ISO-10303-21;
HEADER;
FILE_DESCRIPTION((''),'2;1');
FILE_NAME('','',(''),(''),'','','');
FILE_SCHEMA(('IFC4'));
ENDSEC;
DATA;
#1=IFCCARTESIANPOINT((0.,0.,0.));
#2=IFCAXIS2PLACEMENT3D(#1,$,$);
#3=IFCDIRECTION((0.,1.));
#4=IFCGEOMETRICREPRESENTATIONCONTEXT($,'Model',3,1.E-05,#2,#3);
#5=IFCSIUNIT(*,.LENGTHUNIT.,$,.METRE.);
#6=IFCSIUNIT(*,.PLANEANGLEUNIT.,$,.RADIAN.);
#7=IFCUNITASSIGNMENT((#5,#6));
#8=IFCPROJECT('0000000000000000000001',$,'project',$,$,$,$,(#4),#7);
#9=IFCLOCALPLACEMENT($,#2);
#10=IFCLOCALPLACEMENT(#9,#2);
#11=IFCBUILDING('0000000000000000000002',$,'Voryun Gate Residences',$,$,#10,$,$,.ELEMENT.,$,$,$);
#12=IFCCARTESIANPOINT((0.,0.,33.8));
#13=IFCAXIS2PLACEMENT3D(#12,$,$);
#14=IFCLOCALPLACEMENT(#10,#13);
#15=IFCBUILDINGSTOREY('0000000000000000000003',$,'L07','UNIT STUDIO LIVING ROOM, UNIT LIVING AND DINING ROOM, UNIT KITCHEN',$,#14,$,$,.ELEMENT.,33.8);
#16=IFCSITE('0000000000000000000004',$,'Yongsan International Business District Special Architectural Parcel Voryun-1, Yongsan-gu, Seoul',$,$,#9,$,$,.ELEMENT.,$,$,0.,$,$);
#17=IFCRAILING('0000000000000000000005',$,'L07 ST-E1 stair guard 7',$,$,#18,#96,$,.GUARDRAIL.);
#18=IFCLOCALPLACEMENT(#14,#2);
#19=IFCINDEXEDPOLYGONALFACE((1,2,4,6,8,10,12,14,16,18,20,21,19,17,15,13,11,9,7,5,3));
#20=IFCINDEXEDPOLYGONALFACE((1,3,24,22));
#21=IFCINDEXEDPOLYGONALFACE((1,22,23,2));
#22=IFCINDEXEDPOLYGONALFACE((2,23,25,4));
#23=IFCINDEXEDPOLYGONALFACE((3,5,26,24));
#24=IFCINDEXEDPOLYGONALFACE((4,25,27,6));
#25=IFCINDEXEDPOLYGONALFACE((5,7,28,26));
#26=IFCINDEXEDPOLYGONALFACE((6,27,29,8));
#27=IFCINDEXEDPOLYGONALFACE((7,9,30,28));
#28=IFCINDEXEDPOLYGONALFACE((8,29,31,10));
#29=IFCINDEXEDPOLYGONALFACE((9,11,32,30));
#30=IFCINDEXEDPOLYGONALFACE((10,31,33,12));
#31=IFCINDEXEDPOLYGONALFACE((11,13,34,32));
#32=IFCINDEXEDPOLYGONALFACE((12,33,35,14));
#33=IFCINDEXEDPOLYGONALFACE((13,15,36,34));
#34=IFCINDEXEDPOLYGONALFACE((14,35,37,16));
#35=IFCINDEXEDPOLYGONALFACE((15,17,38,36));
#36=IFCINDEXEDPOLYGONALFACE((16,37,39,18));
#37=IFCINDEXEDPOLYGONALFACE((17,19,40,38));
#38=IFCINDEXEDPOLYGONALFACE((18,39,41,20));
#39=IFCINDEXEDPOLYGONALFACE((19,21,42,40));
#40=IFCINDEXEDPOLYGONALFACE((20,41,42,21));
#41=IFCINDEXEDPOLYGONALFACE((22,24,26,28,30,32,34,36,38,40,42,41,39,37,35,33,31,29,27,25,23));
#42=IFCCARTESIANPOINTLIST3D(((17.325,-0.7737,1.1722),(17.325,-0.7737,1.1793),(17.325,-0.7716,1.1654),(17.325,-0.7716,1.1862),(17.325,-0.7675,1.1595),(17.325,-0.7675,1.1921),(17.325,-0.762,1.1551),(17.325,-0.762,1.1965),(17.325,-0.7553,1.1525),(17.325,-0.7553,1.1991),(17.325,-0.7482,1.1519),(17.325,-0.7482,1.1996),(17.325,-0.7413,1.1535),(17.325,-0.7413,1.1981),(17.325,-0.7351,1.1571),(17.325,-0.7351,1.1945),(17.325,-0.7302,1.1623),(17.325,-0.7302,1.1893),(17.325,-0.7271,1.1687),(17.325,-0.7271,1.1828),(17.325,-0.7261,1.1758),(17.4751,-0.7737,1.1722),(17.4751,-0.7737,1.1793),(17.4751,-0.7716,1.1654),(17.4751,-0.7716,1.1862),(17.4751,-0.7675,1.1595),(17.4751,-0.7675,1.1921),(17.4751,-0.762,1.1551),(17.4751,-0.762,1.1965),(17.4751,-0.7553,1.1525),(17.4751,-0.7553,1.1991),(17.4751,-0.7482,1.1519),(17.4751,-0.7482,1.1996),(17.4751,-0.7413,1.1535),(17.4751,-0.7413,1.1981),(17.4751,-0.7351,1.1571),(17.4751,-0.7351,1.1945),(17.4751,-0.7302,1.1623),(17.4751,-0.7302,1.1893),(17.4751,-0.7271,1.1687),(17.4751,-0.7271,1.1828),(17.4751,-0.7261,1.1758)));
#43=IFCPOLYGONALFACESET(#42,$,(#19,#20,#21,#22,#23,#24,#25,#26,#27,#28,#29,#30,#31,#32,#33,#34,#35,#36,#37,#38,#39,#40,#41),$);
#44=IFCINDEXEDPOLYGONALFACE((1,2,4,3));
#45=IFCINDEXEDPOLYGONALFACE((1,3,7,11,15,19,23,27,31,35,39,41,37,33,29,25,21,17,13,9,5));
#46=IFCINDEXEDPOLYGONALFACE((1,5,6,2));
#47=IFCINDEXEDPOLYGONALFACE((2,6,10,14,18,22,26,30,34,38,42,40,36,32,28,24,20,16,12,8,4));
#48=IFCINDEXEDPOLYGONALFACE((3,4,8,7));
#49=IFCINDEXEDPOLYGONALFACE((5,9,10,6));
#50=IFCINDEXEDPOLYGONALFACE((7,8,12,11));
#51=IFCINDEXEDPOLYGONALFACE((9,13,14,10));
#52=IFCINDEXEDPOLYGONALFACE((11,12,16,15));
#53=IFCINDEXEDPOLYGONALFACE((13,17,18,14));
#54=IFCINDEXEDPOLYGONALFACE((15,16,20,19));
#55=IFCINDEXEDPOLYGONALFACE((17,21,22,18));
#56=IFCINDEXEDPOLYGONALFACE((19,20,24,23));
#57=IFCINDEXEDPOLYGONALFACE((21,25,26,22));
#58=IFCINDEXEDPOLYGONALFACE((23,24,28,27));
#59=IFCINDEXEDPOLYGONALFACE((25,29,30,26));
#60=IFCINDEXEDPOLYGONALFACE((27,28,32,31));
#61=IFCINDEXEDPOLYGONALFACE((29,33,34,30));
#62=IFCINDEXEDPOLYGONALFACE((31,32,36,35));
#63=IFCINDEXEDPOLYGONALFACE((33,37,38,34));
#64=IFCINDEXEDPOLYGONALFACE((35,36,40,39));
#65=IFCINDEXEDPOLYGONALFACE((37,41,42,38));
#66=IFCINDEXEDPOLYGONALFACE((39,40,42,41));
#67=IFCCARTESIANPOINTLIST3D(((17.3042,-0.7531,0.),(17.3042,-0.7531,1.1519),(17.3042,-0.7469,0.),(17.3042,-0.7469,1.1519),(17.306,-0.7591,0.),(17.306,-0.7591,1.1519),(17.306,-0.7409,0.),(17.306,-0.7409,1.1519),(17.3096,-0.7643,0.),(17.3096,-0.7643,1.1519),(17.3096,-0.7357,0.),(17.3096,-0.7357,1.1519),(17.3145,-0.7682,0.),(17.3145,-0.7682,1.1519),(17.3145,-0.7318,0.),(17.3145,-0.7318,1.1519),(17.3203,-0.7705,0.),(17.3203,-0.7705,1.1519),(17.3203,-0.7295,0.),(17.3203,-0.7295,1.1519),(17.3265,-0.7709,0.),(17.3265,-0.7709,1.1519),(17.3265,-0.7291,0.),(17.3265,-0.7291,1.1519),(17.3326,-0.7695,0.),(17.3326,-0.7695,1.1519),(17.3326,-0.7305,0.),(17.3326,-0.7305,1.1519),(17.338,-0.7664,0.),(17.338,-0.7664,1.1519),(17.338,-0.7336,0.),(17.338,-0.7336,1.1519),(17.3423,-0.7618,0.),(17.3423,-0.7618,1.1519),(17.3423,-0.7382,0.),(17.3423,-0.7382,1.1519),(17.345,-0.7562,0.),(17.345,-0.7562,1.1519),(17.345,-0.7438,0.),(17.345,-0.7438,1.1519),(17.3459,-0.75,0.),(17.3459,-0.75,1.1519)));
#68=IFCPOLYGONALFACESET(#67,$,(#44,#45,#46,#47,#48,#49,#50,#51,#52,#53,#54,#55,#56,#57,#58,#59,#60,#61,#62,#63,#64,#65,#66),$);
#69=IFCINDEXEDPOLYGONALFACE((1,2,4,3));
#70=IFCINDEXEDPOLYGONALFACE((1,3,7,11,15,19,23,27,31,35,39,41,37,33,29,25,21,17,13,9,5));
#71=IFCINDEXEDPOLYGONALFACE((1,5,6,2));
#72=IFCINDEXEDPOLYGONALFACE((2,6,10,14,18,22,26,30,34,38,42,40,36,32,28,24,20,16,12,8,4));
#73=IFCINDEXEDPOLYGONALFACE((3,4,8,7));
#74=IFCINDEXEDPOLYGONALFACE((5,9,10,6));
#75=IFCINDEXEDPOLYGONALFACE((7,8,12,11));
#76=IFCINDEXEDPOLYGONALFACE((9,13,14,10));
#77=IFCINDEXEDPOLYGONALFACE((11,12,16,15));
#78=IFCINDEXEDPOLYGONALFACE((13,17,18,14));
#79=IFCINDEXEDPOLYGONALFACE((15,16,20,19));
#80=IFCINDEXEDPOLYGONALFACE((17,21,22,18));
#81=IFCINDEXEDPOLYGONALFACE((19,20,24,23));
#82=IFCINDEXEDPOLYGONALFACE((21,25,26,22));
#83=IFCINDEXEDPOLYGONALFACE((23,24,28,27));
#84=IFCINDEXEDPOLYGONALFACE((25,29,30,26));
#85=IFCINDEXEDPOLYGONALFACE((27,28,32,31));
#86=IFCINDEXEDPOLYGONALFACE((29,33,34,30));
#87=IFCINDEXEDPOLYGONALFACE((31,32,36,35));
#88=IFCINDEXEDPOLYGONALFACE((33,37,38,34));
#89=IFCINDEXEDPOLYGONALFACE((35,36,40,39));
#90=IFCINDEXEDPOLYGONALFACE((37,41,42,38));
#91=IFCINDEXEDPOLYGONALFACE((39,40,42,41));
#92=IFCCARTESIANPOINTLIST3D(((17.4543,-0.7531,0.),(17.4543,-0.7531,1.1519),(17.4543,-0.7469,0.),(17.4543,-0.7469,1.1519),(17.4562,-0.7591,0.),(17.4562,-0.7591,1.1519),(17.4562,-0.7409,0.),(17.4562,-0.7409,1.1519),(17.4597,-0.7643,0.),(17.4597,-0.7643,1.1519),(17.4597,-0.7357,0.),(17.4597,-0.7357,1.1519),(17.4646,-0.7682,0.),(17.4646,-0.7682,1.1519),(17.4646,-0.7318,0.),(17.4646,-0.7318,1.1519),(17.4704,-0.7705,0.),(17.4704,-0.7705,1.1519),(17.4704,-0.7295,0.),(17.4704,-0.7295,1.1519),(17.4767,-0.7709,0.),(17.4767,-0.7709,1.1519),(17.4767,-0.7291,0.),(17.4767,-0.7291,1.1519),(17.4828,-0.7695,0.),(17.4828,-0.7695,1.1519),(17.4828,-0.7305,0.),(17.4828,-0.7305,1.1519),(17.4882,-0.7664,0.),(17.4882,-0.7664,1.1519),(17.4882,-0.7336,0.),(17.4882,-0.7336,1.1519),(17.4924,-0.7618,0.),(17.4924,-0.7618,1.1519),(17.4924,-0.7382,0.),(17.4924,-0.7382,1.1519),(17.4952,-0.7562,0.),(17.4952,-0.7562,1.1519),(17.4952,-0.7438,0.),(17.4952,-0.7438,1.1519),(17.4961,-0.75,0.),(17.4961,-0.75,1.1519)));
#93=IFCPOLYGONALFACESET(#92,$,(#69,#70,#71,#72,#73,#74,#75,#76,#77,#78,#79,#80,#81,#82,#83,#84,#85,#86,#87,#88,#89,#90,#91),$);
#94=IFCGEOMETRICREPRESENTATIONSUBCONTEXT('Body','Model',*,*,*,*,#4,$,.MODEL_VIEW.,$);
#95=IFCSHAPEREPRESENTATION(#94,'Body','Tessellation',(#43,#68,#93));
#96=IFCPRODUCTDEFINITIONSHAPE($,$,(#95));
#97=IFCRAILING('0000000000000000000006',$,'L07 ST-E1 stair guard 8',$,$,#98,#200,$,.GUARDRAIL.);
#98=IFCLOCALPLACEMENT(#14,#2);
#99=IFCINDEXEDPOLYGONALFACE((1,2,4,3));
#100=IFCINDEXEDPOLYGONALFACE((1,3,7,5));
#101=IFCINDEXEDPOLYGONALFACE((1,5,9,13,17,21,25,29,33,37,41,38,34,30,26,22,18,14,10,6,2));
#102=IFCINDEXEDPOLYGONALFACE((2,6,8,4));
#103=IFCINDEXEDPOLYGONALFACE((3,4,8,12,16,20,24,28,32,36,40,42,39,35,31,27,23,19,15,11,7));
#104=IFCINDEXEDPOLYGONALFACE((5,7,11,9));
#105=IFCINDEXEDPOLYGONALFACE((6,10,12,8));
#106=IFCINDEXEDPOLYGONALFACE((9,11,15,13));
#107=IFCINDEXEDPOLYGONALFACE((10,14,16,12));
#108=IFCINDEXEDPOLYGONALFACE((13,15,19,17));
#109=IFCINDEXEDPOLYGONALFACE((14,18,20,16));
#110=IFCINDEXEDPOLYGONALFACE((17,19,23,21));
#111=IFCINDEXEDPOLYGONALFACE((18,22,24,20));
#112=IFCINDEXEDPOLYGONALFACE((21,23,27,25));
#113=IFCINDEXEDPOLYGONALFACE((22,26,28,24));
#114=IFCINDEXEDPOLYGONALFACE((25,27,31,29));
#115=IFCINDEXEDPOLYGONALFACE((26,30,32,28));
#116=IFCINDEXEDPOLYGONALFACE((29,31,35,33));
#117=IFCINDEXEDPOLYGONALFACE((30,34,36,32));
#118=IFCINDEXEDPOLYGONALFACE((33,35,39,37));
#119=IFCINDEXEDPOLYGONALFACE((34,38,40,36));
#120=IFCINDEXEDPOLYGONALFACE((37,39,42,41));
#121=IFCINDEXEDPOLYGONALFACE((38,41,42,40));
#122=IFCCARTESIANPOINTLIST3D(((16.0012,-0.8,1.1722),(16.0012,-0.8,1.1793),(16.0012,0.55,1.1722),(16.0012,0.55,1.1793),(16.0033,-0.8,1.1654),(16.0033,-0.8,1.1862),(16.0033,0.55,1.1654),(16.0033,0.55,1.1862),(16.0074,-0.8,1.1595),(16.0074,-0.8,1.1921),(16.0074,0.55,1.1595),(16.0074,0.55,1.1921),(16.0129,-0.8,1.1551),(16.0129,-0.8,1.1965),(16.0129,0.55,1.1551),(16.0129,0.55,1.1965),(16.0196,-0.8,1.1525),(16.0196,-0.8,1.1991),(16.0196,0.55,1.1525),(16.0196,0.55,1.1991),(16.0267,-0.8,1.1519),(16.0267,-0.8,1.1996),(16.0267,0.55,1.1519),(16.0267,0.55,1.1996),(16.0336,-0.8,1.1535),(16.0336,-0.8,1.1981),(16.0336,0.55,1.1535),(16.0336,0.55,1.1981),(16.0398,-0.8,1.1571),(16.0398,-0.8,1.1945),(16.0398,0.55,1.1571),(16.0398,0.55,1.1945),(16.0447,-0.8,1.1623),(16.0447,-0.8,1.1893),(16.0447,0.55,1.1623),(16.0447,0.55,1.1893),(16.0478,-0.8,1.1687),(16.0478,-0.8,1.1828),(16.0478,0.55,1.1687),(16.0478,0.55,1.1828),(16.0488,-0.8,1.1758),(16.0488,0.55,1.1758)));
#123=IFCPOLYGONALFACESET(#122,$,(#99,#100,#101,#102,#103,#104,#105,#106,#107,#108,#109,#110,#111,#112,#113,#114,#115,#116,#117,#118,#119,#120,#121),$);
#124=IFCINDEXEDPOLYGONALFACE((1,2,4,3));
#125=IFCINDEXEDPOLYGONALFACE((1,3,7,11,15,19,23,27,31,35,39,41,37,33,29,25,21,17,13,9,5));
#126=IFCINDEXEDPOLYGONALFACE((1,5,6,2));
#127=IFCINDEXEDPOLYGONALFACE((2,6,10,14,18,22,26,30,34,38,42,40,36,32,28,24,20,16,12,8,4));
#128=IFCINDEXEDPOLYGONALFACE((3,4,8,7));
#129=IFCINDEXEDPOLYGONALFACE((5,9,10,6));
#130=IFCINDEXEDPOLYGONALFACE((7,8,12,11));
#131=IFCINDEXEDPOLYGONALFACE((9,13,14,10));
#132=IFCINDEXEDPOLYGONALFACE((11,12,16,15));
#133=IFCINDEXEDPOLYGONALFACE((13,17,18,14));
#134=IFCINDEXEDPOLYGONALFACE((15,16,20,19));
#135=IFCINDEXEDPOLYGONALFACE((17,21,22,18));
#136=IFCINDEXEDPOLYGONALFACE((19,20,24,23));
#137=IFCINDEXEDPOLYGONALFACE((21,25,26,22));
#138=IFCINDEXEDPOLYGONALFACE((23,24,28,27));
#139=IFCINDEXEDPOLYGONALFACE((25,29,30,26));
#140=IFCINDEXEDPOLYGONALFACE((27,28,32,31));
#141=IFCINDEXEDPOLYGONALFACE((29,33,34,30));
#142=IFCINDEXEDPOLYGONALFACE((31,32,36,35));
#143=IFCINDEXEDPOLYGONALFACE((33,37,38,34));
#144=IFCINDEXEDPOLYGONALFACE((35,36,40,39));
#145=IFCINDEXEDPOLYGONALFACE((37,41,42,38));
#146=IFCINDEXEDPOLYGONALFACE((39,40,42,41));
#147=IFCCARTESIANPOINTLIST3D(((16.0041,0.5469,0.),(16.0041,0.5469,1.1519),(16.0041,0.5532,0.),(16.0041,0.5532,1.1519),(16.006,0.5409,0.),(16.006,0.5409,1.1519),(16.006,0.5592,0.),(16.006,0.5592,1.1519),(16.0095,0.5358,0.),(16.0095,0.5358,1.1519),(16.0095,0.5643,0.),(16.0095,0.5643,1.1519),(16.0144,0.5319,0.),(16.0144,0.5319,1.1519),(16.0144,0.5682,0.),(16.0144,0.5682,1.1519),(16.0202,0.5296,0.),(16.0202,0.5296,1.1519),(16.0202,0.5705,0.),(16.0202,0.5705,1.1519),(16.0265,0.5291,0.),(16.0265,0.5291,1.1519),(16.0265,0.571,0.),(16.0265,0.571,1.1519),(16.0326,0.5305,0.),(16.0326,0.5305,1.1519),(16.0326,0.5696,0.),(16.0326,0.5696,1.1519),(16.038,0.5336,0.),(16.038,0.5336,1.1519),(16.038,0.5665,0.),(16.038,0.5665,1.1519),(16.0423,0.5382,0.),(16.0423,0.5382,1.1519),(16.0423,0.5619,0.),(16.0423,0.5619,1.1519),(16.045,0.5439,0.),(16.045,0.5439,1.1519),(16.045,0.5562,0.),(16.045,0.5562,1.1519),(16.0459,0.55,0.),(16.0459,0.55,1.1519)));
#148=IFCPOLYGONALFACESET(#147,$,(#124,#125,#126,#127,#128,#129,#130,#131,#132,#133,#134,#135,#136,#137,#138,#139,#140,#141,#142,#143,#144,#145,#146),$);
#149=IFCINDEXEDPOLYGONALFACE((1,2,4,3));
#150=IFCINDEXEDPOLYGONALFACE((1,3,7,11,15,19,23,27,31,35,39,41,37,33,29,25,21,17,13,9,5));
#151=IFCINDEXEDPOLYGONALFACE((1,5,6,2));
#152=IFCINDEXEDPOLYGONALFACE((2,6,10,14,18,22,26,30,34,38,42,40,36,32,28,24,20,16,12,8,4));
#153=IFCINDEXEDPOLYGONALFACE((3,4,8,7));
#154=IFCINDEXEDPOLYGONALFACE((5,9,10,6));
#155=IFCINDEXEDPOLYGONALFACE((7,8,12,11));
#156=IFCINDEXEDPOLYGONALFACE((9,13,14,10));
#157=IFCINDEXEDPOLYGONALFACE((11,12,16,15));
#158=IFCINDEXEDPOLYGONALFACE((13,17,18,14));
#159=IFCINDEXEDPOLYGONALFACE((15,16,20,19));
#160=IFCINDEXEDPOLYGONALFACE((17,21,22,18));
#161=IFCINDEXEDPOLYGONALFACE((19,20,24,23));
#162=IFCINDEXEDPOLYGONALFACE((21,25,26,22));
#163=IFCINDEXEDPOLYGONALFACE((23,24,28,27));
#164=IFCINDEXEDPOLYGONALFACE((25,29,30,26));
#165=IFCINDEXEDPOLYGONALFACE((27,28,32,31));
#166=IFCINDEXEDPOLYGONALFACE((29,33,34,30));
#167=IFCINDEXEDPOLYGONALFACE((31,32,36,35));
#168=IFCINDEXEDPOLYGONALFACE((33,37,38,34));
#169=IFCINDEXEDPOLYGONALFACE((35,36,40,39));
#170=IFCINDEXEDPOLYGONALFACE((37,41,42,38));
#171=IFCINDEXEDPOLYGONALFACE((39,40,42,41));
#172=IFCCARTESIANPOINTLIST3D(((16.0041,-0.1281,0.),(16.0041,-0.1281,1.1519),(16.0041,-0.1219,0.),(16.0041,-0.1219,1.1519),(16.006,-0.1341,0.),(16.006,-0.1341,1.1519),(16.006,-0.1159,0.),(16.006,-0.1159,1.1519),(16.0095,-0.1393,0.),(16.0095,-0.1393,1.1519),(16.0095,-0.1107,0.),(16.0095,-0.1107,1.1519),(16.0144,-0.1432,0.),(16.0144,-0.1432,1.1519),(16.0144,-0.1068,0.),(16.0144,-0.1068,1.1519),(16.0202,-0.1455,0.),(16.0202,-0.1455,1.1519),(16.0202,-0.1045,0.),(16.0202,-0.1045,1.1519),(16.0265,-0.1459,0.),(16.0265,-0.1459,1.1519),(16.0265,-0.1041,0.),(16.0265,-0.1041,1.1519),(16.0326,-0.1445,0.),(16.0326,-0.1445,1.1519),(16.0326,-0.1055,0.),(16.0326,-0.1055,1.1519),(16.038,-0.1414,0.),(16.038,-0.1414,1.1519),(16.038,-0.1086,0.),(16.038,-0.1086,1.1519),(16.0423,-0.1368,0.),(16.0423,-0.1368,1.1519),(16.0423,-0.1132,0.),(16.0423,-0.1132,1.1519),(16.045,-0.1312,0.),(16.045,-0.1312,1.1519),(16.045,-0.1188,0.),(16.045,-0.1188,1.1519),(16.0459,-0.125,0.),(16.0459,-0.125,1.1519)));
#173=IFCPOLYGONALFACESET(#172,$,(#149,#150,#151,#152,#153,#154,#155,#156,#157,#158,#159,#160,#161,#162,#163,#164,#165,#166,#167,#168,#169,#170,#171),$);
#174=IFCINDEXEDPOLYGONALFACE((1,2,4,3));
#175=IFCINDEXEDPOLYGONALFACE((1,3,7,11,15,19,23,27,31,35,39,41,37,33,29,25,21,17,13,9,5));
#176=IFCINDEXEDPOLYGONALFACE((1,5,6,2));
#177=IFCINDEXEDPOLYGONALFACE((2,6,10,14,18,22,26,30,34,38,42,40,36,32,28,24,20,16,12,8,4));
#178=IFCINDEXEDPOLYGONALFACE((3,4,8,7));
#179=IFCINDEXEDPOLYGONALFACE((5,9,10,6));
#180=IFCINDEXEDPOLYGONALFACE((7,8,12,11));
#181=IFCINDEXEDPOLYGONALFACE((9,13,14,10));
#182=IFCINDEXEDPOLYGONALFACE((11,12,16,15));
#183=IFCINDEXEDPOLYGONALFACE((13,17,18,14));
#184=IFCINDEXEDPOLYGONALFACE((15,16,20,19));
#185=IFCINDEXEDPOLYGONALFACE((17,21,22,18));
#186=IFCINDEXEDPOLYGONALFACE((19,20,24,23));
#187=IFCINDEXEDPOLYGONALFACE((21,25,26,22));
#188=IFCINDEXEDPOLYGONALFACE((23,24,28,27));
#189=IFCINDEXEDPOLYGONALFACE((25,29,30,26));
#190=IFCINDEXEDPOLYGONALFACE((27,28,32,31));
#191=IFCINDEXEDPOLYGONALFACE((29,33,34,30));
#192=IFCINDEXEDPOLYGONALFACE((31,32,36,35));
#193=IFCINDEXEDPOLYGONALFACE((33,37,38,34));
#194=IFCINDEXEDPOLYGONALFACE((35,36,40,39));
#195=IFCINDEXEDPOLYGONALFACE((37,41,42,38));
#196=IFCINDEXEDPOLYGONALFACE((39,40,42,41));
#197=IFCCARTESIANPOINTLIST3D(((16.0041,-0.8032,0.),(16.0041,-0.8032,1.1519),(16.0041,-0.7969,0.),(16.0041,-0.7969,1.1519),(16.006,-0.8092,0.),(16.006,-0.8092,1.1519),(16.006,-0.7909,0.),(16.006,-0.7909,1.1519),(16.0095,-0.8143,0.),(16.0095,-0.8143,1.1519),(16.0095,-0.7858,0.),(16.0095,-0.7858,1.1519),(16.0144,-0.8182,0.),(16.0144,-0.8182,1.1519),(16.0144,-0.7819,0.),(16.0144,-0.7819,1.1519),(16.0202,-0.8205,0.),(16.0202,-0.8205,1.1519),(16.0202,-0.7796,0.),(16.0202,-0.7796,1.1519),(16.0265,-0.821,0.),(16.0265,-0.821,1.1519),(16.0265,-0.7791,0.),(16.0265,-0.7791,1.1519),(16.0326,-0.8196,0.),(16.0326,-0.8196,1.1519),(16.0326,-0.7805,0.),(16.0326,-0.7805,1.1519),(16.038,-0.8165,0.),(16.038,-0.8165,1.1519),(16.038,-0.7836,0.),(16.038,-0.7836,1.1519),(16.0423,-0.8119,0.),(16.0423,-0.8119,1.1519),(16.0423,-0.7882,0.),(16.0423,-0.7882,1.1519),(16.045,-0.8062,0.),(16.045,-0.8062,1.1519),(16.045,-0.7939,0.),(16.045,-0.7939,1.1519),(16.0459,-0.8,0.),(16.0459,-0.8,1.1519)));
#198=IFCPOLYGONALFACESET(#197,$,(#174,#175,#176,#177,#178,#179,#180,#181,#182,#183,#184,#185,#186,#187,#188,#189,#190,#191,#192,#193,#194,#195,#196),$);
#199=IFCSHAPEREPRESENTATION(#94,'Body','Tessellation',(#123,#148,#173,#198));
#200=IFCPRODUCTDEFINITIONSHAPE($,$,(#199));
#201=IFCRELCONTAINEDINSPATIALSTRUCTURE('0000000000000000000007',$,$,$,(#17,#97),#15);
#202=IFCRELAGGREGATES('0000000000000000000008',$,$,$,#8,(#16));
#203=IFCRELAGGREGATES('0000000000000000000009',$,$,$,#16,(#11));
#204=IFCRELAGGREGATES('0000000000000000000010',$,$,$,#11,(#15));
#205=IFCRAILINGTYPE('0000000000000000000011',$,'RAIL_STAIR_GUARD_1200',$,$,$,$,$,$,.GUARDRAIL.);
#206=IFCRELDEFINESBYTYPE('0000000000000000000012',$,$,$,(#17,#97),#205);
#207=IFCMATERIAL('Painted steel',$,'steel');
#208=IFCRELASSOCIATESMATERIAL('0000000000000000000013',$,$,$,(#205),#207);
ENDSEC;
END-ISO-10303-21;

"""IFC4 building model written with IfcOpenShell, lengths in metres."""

from ifc_helpers import new_model, si_unit, direction, frame, origin, origin_2d, place, context, subcontext, project, spatial, circle, extrude, material, type_object, element, save


model = new_model("IFC4")

# Units and contexts
model_context = context("Model", 3, precision=1e-05, world=origin(), true_north=direction((0.0, 1.0)))
body_context = subcontext(model_context, "Body", "Model", "MODEL_VIEW")
ifc_project = project(units=[si_unit("LENGTHUNIT", "METRE"), si_unit("PLANEANGLEUNIT", "RADIAN")], contexts=[model_context])

# Site, building, storey
site_placement = place(None, origin())
site = spatial("IfcSite", under=ifc_project, at=site_placement, Name="Yongsan International Business District Special Architectural Parcel Voryun-1, Yongsan-gu, Seoul", CompositionType="ELEMENT", RefElevation=0.0)
building_placement = place(site_placement, origin())
building = spatial("IfcBuilding", under=site, at=building_placement, Name="Voryun Gate Residences", CompositionType="ELEMENT")
storey_placement = place(building_placement, frame((0.0, 0.0, 33.8)))
storey = spatial("IfcBuildingStorey", under=building, at=storey_placement, Name="L07", Description="UNIT STUDIO LIVING ROOM, UNIT LIVING AND DINING ROOM, UNIT KITCHEN", CompositionType="ELEMENT", Elevation=33.8)

# Railings
ifc_material_1 = material(Name="Painted steel", Category="steel")
railing_type_1 = type_object("IfcRailingType", Name="RAIL_STAIR_GUARD_1200", PredefinedType="GUARDRAIL", material=ifc_material_1)
railing_1_placement = place(storey_placement, frame((17.325, -0.75, 0.0)))
element("IfcRailing", 1, at=railing_1_placement, inside=storey, type_object=railing_type_1, Name="L07 ST-E1 stair guard 7", PredefinedType="GUARDRAIL", context=body_context, shape_type="SweptSolid", body=[
    extrude(circle(Radius=0.0239, at=origin_2d()), frame((0.0, 0.0, 1.1758), z_axis=(1.0, 0.0, 0.0), x_axis=(0.0, 1.0, 0.0)), (0.0, 0.0, 1.0), 0.1501),
    extrude(circle(Radius=0.021, at=origin_2d()), origin(), (0.0, 0.0, 1.0), 1.1519),
    extrude(circle(Radius=0.021, at=origin_2d()), frame((0.1501, 0.0, 0.0)), (0.0, 0.0, 1.0), 1.1519),
])
for number, where, name in (
    (2, (16.0249, 0.55, 0.0), "L07 ST-E1 stair guard 8"),
):
    element("IfcRailing", number, at=place(storey_placement, frame(where)), inside=storey, type_object=railing_type_1, Name=name, PredefinedType="GUARDRAIL", context=body_context, shape_type="SweptSolid", body=[
        extrude(circle(Radius=0.0239, at=origin_2d()), frame((0.0, 0.0, 1.1758), z_axis=(0.0, -1.0, 0.0), x_axis=(1.0, 0.0, 0.0)), (0.0, 0.0, 1.0), 1.3501),
        extrude(circle(Radius=0.021, at=origin_2d()), origin(), (0.0, 0.0, 1.0), 1.1519),
        extrude(circle(Radius=0.021, at=origin_2d()), frame((0.0, -0.675, 0.0)), (0.0, 0.0, 1.0), 1.1519),
        extrude(circle(Radius=0.021, at=origin_2d()), frame((0.0, -1.3501, 0.0)), (0.0, 0.0, 1.0), 1.1519),
    ])

save(model, "model.ifc")
